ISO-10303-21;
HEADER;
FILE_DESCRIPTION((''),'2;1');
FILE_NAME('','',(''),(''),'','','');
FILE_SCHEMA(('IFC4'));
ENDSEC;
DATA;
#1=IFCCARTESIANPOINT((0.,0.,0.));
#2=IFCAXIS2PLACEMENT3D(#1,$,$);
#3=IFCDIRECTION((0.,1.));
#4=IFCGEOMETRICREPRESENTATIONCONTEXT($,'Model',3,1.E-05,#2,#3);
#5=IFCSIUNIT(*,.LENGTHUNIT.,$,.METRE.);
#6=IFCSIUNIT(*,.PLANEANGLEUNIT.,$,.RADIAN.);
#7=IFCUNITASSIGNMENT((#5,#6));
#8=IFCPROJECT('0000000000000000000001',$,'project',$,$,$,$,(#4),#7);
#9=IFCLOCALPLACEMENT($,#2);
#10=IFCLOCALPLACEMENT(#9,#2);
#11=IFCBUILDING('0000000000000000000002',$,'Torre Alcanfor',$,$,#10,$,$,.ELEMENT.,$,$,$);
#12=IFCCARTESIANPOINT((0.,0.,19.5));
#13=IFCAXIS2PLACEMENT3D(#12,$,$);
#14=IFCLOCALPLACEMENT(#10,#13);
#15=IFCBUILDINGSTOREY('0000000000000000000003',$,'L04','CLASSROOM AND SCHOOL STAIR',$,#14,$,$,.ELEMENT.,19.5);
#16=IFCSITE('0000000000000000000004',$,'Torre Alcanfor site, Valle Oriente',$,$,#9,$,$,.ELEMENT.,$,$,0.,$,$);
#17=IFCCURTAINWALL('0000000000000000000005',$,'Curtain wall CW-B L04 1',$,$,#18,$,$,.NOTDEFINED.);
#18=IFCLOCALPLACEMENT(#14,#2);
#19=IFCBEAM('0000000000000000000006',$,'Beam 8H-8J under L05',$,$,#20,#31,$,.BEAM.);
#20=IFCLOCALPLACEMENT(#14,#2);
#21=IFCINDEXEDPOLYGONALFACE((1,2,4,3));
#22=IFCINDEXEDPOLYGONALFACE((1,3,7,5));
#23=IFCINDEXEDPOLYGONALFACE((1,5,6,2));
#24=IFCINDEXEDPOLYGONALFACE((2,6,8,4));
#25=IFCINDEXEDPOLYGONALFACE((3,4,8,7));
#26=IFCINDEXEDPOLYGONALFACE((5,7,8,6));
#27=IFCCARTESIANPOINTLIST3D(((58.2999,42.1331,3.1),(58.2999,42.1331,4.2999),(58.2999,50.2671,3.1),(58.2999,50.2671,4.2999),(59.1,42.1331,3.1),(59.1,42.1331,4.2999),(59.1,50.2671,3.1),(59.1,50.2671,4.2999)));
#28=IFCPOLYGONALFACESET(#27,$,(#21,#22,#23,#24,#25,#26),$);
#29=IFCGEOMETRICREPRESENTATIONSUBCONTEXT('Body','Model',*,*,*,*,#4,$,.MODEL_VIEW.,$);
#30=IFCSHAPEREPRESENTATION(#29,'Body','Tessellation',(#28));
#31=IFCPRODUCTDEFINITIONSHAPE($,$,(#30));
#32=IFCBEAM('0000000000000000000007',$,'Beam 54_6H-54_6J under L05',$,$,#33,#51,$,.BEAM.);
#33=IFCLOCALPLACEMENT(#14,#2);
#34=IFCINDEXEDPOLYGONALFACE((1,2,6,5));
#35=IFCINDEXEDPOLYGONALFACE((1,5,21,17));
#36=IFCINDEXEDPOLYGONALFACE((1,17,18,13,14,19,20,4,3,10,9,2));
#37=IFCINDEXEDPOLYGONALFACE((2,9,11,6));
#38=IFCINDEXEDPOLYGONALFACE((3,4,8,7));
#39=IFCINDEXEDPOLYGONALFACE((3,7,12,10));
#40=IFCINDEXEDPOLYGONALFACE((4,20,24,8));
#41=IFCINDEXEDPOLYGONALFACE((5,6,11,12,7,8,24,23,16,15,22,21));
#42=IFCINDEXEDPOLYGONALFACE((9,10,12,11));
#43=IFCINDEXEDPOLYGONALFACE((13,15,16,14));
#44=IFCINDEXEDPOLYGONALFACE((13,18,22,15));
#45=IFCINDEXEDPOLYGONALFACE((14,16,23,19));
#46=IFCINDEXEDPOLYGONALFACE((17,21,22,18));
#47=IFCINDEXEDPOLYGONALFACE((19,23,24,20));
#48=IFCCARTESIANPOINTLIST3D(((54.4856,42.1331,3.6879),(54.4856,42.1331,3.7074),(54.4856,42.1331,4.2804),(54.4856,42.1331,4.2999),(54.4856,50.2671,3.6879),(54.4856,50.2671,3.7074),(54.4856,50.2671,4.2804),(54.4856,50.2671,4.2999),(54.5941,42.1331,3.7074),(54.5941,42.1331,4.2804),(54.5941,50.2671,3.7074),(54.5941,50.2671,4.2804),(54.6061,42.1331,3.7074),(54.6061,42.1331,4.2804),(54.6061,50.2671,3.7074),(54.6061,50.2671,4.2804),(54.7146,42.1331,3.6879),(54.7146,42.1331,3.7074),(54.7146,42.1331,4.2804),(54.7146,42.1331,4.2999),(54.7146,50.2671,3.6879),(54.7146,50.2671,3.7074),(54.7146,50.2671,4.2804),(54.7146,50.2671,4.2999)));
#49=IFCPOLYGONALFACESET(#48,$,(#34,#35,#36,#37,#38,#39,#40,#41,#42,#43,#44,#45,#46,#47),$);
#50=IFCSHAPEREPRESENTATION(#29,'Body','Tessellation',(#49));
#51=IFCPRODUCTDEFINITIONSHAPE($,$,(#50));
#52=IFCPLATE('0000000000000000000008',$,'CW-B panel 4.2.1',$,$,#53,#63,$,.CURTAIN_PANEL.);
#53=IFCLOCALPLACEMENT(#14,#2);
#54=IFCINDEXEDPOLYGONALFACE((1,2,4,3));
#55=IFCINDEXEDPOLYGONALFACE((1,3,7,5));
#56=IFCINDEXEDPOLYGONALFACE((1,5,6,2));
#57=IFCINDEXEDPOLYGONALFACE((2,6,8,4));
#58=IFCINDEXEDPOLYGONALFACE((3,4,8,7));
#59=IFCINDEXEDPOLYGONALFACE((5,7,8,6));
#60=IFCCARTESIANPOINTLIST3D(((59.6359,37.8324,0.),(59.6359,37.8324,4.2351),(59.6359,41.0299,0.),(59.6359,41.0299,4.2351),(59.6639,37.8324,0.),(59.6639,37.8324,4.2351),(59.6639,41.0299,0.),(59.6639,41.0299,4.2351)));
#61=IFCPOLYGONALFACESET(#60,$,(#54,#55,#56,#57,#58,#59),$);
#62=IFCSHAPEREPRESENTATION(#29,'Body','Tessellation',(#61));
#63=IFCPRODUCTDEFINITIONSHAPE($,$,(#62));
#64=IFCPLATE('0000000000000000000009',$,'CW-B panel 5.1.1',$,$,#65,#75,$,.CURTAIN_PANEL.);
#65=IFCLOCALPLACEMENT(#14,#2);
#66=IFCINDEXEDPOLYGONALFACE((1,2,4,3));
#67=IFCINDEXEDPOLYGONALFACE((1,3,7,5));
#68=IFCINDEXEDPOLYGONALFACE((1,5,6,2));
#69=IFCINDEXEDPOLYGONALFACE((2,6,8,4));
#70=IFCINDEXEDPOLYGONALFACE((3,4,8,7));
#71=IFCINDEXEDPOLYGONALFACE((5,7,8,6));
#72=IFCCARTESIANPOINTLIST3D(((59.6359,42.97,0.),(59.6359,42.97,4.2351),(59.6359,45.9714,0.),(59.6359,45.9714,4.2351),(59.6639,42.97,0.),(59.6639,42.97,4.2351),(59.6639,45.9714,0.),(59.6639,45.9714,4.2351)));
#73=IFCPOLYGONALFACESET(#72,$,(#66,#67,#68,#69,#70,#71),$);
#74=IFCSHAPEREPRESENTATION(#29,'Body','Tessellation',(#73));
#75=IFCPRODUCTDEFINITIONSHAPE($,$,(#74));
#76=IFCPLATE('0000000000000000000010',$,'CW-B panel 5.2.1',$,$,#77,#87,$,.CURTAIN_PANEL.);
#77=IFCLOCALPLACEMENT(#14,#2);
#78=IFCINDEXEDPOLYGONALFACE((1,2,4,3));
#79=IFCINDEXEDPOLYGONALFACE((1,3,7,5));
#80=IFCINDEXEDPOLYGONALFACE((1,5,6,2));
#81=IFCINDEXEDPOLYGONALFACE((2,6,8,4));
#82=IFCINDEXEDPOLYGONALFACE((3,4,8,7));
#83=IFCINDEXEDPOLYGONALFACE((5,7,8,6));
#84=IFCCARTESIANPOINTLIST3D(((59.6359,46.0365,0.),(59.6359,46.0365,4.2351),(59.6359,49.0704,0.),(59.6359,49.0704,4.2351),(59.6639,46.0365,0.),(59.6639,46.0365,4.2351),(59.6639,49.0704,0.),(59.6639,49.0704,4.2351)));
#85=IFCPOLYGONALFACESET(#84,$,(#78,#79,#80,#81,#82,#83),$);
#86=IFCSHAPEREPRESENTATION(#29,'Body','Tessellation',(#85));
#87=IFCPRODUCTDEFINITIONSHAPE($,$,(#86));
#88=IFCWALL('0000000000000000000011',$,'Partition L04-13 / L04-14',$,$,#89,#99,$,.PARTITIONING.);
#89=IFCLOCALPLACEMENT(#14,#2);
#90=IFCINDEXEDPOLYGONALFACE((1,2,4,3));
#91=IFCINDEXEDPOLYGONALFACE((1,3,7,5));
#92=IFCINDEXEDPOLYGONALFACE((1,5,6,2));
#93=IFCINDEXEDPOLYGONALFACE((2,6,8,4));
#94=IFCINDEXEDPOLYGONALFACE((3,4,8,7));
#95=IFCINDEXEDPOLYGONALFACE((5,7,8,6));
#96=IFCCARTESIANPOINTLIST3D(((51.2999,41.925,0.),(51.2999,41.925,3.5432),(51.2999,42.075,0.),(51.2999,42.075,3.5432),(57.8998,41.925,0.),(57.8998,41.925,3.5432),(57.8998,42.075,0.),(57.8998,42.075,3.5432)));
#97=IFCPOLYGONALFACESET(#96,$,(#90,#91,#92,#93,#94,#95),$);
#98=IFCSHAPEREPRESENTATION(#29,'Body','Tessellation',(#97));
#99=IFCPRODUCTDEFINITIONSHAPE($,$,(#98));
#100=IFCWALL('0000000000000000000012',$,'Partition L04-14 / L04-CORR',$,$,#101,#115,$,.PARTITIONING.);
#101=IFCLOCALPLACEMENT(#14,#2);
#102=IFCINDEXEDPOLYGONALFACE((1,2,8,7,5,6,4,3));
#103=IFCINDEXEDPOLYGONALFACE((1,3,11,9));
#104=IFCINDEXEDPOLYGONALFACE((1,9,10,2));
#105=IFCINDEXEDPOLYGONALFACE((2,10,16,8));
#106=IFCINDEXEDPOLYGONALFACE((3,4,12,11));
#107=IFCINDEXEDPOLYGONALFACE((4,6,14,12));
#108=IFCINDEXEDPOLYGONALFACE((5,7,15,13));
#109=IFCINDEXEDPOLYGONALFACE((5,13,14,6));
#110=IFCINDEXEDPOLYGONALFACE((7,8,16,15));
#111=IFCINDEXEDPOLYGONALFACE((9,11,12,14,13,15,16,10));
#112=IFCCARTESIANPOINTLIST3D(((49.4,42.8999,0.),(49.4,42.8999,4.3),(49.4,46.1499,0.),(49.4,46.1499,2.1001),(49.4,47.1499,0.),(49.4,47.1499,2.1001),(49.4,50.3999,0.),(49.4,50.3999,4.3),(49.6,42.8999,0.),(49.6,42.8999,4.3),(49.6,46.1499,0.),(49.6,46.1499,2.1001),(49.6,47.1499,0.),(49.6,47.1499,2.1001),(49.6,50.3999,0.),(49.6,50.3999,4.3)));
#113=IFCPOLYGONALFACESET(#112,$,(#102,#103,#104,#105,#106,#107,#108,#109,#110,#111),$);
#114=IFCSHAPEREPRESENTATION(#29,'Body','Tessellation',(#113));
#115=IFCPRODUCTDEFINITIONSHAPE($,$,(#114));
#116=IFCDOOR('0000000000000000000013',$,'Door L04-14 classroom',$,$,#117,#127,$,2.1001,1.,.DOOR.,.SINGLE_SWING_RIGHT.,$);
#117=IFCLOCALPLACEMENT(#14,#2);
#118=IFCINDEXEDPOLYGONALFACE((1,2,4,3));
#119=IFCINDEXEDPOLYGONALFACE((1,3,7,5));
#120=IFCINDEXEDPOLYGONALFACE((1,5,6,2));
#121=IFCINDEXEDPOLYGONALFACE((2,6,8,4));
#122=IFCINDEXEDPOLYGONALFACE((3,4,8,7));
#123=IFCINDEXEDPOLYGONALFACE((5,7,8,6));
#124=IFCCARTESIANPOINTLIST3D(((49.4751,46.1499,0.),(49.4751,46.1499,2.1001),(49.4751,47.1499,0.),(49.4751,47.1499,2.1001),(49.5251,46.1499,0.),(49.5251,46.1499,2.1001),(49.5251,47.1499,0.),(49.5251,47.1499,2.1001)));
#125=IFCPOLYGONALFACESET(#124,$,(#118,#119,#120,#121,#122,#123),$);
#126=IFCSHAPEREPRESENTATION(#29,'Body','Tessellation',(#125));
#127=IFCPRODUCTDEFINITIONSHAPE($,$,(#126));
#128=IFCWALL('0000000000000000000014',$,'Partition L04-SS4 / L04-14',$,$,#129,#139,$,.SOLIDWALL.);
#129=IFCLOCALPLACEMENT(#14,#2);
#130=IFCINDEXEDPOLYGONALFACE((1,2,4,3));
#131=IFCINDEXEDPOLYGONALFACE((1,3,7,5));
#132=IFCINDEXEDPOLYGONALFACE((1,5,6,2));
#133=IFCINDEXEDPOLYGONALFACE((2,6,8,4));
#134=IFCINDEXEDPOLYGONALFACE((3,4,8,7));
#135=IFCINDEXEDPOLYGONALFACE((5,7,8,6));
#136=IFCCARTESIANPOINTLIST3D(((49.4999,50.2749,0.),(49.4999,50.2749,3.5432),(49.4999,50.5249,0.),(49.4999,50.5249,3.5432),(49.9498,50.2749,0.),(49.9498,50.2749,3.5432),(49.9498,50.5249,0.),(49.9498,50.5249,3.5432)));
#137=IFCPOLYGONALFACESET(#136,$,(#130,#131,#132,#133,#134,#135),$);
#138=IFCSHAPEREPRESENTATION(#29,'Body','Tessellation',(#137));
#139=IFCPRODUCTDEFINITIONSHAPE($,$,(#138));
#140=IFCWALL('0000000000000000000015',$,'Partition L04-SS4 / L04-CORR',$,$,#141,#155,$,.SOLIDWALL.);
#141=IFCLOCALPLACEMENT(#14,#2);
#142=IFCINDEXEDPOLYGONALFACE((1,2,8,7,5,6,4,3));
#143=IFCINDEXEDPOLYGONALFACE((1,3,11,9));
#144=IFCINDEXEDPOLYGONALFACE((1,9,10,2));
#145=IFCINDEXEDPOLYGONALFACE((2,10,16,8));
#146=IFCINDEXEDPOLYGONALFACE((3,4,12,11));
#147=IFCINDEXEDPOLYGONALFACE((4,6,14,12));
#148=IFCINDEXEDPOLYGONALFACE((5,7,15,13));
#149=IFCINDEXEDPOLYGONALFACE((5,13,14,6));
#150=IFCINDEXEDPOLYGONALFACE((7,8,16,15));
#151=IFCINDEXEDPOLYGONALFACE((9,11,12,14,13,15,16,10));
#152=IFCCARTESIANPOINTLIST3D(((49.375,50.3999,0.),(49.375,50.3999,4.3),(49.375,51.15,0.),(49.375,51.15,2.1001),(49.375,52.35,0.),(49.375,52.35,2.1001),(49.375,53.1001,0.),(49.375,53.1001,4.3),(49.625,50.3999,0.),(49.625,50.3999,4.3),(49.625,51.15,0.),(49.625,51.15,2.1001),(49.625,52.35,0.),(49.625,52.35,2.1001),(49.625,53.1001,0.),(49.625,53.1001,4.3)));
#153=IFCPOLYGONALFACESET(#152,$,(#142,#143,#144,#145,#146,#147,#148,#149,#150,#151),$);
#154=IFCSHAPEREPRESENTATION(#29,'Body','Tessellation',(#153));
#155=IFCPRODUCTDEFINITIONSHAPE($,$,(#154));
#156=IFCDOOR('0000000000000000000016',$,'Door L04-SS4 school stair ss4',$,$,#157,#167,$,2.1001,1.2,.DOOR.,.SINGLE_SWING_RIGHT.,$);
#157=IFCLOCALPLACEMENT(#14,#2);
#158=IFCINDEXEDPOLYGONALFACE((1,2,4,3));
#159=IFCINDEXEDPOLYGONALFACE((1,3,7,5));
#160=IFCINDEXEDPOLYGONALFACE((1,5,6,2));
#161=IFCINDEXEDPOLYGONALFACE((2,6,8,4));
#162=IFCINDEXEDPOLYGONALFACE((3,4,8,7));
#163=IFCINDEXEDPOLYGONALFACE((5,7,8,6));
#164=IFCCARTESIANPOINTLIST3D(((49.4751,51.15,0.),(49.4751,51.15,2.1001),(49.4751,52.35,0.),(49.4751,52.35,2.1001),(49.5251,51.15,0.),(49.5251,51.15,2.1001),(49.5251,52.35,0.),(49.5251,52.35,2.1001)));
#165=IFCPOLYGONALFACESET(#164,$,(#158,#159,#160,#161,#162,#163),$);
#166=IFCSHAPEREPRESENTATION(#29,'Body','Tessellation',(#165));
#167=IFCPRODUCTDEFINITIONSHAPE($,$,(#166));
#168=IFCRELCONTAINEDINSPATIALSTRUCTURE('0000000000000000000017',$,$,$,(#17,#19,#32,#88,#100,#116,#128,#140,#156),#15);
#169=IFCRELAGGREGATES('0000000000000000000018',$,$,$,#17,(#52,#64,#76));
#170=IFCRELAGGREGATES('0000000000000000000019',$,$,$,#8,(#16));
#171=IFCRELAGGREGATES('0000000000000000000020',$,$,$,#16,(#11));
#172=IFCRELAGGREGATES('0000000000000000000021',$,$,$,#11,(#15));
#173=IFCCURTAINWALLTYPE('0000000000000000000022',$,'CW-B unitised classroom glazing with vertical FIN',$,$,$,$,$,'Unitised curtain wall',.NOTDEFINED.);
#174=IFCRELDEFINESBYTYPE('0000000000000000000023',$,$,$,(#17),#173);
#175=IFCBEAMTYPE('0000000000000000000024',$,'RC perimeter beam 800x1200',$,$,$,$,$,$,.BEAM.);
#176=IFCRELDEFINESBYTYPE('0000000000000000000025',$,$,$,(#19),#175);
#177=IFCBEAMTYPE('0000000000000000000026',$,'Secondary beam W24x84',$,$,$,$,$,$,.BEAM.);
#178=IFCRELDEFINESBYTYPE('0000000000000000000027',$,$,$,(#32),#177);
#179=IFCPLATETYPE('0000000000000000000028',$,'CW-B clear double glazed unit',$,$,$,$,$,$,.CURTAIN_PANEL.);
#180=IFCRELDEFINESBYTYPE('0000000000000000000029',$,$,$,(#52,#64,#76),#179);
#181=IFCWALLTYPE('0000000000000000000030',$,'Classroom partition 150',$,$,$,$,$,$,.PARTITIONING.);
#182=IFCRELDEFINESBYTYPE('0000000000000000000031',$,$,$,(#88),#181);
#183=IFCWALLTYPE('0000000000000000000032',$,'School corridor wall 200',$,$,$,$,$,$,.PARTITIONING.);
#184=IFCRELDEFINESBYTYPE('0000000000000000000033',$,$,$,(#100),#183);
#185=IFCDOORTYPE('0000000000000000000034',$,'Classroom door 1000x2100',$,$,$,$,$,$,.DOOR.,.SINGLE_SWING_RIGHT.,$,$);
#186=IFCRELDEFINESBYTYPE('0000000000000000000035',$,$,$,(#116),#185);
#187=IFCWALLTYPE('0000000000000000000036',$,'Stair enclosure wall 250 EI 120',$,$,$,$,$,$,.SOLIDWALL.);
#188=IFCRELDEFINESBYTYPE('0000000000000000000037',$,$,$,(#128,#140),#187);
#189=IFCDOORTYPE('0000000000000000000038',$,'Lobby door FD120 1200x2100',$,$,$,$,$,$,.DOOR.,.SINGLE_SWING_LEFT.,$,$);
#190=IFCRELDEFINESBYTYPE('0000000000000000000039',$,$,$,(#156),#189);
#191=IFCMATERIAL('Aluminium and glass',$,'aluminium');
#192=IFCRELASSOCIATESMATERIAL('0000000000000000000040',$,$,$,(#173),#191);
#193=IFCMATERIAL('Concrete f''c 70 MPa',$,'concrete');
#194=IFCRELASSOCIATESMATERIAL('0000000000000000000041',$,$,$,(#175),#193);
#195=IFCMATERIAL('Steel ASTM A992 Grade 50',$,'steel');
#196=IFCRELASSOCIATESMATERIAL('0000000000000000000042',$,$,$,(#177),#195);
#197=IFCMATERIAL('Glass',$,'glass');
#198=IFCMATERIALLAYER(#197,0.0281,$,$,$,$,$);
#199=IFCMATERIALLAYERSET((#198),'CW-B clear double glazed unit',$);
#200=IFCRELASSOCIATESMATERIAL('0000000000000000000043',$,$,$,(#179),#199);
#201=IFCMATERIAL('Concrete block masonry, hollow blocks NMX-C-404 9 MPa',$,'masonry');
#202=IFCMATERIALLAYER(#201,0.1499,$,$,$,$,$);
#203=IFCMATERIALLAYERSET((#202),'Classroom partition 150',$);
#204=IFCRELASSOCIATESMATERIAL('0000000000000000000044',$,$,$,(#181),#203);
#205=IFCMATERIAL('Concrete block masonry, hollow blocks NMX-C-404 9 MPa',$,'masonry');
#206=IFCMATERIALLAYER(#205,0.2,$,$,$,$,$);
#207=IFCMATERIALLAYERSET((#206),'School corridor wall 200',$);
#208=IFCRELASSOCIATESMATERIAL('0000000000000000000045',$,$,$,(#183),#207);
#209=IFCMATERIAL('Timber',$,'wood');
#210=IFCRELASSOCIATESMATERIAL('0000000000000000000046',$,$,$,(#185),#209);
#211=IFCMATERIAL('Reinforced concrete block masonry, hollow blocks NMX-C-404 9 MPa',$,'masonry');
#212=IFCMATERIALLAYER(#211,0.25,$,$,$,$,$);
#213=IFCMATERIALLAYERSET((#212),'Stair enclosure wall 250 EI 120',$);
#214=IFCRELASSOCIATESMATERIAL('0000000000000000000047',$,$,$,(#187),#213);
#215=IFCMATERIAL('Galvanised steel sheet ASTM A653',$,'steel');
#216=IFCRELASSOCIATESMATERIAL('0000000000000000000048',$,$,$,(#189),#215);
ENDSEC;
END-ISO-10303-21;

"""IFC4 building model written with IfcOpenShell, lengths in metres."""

from ifc_helpers import new_model, si_unit, direction, frame, frame_2d, origin, origin_2d, place, context, subcontext, project, spatial, rectangle, i_section, extrude, material, layer, layer_set, material_profile, profile_set, type_object, element, fill, aggregate, save


model = new_model("IFC4")

# Units and contexts
model_context = context("Model", 3, precision=1e-05, world=origin(), true_north=direction((0.0, 1.0)))
body_context = subcontext(model_context, "Body", "Model", "MODEL_VIEW")
ifc_project = project(units=[si_unit("LENGTHUNIT", "METRE"), si_unit("PLANEANGLEUNIT", "RADIAN")], contexts=[model_context])

# Site, building, storey
site_placement = place(None, origin())
site = spatial("IfcSite", under=ifc_project, at=site_placement, Name="Torre Alcanfor site, Valle Oriente", CompositionType="ELEMENT", RefElevation=0.0)
building_placement = place(site_placement, origin())
building = spatial("IfcBuilding", under=site, at=building_placement, Name="Torre Alcanfor", CompositionType="ELEMENT")
storey_placement = place(building_placement, frame((0.0, 0.0, 19.5)))
storey = spatial("IfcBuildingStorey", under=building, at=storey_placement, Name="L04", Description="CLASSROOM AND SCHOOL STAIR", CompositionType="ELEMENT", Elevation=19.5)

# Curtain wall
ifc_material_1 = material(Name="Aluminium and glass", Category="aluminium")
curtain_wall_type = type_object("IfcCurtainWallType", Name="CW-B unitised classroom glazing with vertical FIN", ElementType="Unitised curtain wall", PredefinedType="NOTDEFINED", material=ifc_material_1)
curtain_wall_placement = place(storey_placement, origin())
curtain_wall = element("IfcCurtainWall", 1, at=curtain_wall_placement, inside=storey, type_object=curtain_wall_type, Name="Curtain wall CW-B L04 1", PredefinedType="NOTDEFINED")

# Beams
ifc_material_2 = material(Name="Concrete f'c 70 MPa", Category="concrete")
ifc_material_profile_1 = material_profile(ifc_material_2, rectangle(XDim=0.8, YDim=1.2, at=origin_2d()), Name="800x1200")
ifc_profile_set_1 = profile_set([ifc_material_profile_1], Name="Concrete f'c 70 MPa")
beam_type_1 = type_object("IfcBeamType", Name="RC perimeter beam 800x1200", PredefinedType="BEAM", material=ifc_profile_set_1)
beam_1_placement = place(storey_placement, frame((58.7, 42.1331, 3.7), z_axis=(0.0, 1.0, 0.0), x_axis=(-1.0, 0.0, 0.0)))
element("IfcBeam", 2, at=beam_1_placement, inside=storey, type_object=beam_type_1, Name="Beam 8H-8J under L05", PredefinedType="BEAM", context=body_context, shape_type="SweptSolid", body=[
    extrude(rectangle(XDim=0.8, YDim=1.2, at=origin_2d()), origin(), (0.0, 0.0, 1.0), 8.134),
])
ifc_material_3 = material(Name="Steel ASTM A992 Grade 50", Category="steel")
ifc_material_profile_2 = material_profile(ifc_material_3, i_section(OverallWidth=0.229, OverallDepth=0.6121, WebThickness=0.012, FlangeThickness=0.0195, at=origin_2d()), Name="W24x84")
ifc_profile_set_2 = profile_set([ifc_material_profile_2], Name="Steel ASTM A992 Grade 50")
beam_type_2 = type_object("IfcBeamType", Name="Secondary beam W24x84", PredefinedType="BEAM", material=ifc_profile_set_2)
beam_2_placement = place(storey_placement, frame((54.6001, 42.1331, 3.9939), z_axis=(0.0, 1.0, 0.0), x_axis=(-1.0, 0.0, 0.0)))
element("IfcBeam", 3, at=beam_2_placement, inside=storey, type_object=beam_type_2, Name="Beam 54_6H-54_6J under L05", PredefinedType="BEAM", context=body_context, shape_type="SweptSolid", body=[
    extrude(i_section(OverallWidth=0.229, OverallDepth=0.6121, WebThickness=0.012, FlangeThickness=0.0195, at=origin_2d()), origin(), (0.0, 0.0, 1.0), 8.134),
])

# Plates
ifc_material_4 = material(Name="Glass", Category="glass")
ifc_layer_1 = layer(ifc_material_4, 0.0281)
ifc_layer_set_1 = layer_set([ifc_layer_1], Name="CW-B clear double glazed unit")
plate_type = type_object("IfcPlateType", Name="CW-B clear double glazed unit", PredefinedType="CURTAIN_PANEL", material=ifc_layer_set_1)
plate_1_placement = place(storey_placement, frame((59.6499, 39.4312, 0.0), z_axis=(0.0, 0.0, 1.0), x_axis=(0.0, 1.0, 0.0)))
plate_1 = element("IfcPlate", 4, at=plate_1_placement, type_object=plate_type, Name="CW-B panel 4.2.1", PredefinedType="CURTAIN_PANEL", context=body_context, shape_type="SweptSolid", body=[
    extrude(rectangle(XDim=3.1975, YDim=0.0281, at=origin_2d()), origin(), (0.0, 0.0, 1.0), 4.2351),
])
plate_2_placement = place(storey_placement, frame((59.6499, 44.4707, 0.0), z_axis=(0.0, 0.0, 1.0), x_axis=(0.0, 1.0, 0.0)))
plate_2 = element("IfcPlate", 5, at=plate_2_placement, type_object=plate_type, Name="CW-B panel 5.1.1", PredefinedType="CURTAIN_PANEL", context=body_context, shape_type="SweptSolid", body=[
    extrude(rectangle(XDim=3.0015, YDim=0.0281, at=origin_2d()), origin(), (0.0, 0.0, 1.0), 4.2351),
])
plate_3_placement = place(storey_placement, frame((59.6499, 47.5535, 0.0), z_axis=(0.0, 0.0, 1.0), x_axis=(0.0, 1.0, 0.0)))
plate_3 = element("IfcPlate", 6, at=plate_3_placement, type_object=plate_type, Name="CW-B panel 5.2.1", PredefinedType="CURTAIN_PANEL", context=body_context, shape_type="SweptSolid", body=[
    extrude(rectangle(XDim=3.0339, YDim=0.0281, at=origin_2d()), origin(), (0.0, 0.0, 1.0), 4.2351),
])
aggregate(curtain_wall, [plate_1, plate_2, plate_3])

# Wall
ifc_material_5 = material(Name="Concrete block masonry, hollow blocks NMX-C-404 9 MPa", Category="masonry")
ifc_layer_2 = layer(ifc_material_5, 0.1499)
ifc_layer_set_2 = layer_set([ifc_layer_2], Name="Classroom partition 150")
wall_type_1 = type_object("IfcWallType", Name="Classroom partition 150", PredefinedType="PARTITIONING", material=ifc_layer_set_2)
wall_1_placement = place(storey_placement, frame((51.3, 42.0, 0.0), z_axis=(0.0, 0.0, 1.0), x_axis=(1.0, 0.0, 0.0)))
element("IfcWall", 7, at=wall_1_placement, inside=storey, type_object=wall_type_1, Name="Partition L04-13 / L04-14", PredefinedType="PARTITIONING", context=body_context, shape_type="SweptSolid", body=[
    extrude(rectangle(XDim=6.5999, YDim=0.1499, at=frame_2d((3.2998, 0.0))), origin(), (0.0, 0.0, 1.0), 3.5432),
])

# Wall, opening, door
ifc_material_6 = material(Name="Concrete block masonry, hollow blocks NMX-C-404 9 MPa", Category="masonry")
ifc_layer_3 = layer(ifc_material_6, 0.2)
ifc_layer_set_3 = layer_set([ifc_layer_3], Name="School corridor wall 200")
wall_type_2 = type_object("IfcWallType", Name="School corridor wall 200", PredefinedType="PARTITIONING", material=ifc_layer_set_3)
wall_2_placement = place(storey_placement, frame((49.5, 42.8999, 0.0), z_axis=(0.0, 0.0, 1.0), x_axis=(0.0, 1.0, 0.0)))
wall_2 = element("IfcWall", 8, at=wall_2_placement, inside=storey, type_object=wall_type_2, Name="Partition L04-14 / L04-CORR", PredefinedType="PARTITIONING", context=body_context, shape_type="SweptSolid", body=[
    extrude(rectangle(XDim=7.5, YDim=0.2, at=frame_2d((3.75, 0.0))), origin(), (0.0, 0.0, 1.0), 4.3),
])
opening_1_placement = place(wall_2_placement, frame((3.25, 0.0, 0.0)))
opening_1 = element("IfcOpeningElement", 9, at=opening_1_placement, cuts=wall_2, PredefinedType="OPENING", context=body_context, shape_type="SweptSolid", body=[
    extrude(rectangle(XDim=1.0, YDim=2.1001, at=frame_2d((0.5, 1.05))), frame((0.0, 0.1099, 0.0), z_axis=(0.0, -1.0, 0.0), x_axis=(1.0, 0.0, 0.0)), (0.0, 0.0, 1.0), 0.22),
])
ifc_material_7 = material(Name="Timber", Category="wood")
door_type_1 = type_object("IfcDoorType", Name="Classroom door 1000x2100", OperationType="SINGLE_SWING_RIGHT", PredefinedType="DOOR", material=ifc_material_7)
door_1_placement = place(opening_1_placement, frame((1.0, 0.0, 0.0), z_axis=(0.0, 0.0, 1.0), x_axis=(-1.0, 0.0, 0.0)))
door_1 = element("IfcDoor", 10, at=door_1_placement, inside=storey, type_object=door_type_1, Name="Door L04-14 classroom", OperationType="SINGLE_SWING_RIGHT", OverallHeight=2.1001, OverallWidth=1.0, PredefinedType="DOOR", context=body_context, shape_type="SweptSolid", body=[
    extrude(rectangle(XDim=1.0, YDim=2.1001, at=frame_2d((0.5, 1.05))), frame((0.0, 0.0251, 0.0), z_axis=(0.0, -1.0, 0.0), x_axis=(1.0, 0.0, 0.0)), (0.0, 0.0, 1.0), 0.05),
])
fill(opening_1, door_1)

# Wall
ifc_material_8 = material(Name="Reinforced concrete block masonry, hollow blocks NMX-C-404 9 MPa", Category="masonry")
ifc_layer_4 = layer(ifc_material_8, 0.25)
ifc_layer_set_4 = layer_set([ifc_layer_4], Name="Stair enclosure wall 250 EI 120")
wall_type_3 = type_object("IfcWallType", Name="Stair enclosure wall 250 EI 120", PredefinedType="SOLIDWALL", material=ifc_layer_set_4)
wall_3_placement = place(storey_placement, frame((49.95, 50.3999, 0.0), z_axis=(0.0, 0.0, 1.0), x_axis=(-1.0, 0.0, 0.0)))
element("IfcWall", 11, at=wall_3_placement, inside=storey, type_object=wall_type_3, Name="Partition L04-SS4 / L04-14", PredefinedType="SOLIDWALL", context=body_context, shape_type="SweptSolid", body=[
    extrude(rectangle(XDim=0.45, YDim=0.25, at=frame_2d((0.2251, 0.0))), origin(), (0.0, 0.0, 1.0), 3.5432),
])

# Wall, opening, door
wall_4_placement = place(storey_placement, frame((49.5, 50.3999, 0.0), z_axis=(0.0, 0.0, 1.0), x_axis=(0.0, 1.0, 0.0)))
wall_4 = element("IfcWall", 12, at=wall_4_placement, inside=storey, type_object=wall_type_3, Name="Partition L04-SS4 / L04-CORR", PredefinedType="SOLIDWALL", context=body_context, shape_type="SweptSolid", body=[
    extrude(rectangle(XDim=2.7002, YDim=0.25, at=frame_2d((1.3501, 0.0))), origin(), (0.0, 0.0, 1.0), 4.3),
])
opening_2_placement = place(wall_4_placement, frame((0.75, 0.0, 0.0)))
opening_2 = element("IfcOpeningElement", 13, at=opening_2_placement, cuts=wall_4, PredefinedType="OPENING", context=body_context, shape_type="SweptSolid", body=[
    extrude(rectangle(XDim=1.2, YDim=2.1001, at=frame_2d((0.6001, 1.05))), frame((0.0, 0.135, 0.0), z_axis=(0.0, -1.0, 0.0), x_axis=(1.0, 0.0, 0.0)), (0.0, 0.0, 1.0), 0.27),
])
ifc_material_9 = material(Name="Galvanised steel sheet ASTM A653", Category="steel")
door_type_2 = type_object("IfcDoorType", Name="Lobby door FD120 1200x2100", OperationType="SINGLE_SWING_LEFT", PredefinedType="DOOR", material=ifc_material_9)
door_2_placement = place(opening_2_placement, frame((1.2, 0.0, 0.0), z_axis=(0.0, 0.0, 1.0), x_axis=(-1.0, 0.0, 0.0)))
door_2 = element("IfcDoor", 14, at=door_2_placement, inside=storey, type_object=door_type_2, Name="Door L04-SS4 school stair ss4", OperationType="SINGLE_SWING_RIGHT", OverallHeight=2.1001, OverallWidth=1.2, PredefinedType="DOOR", context=body_context, shape_type="SweptSolid", body=[
    extrude(rectangle(XDim=1.2, YDim=2.1001, at=frame_2d((0.5999, 1.05))), frame((0.0, 0.0251, 0.0), z_axis=(0.0, -1.0, 0.0), x_axis=(1.0, 0.0, 0.0)), (0.0, 0.0, 1.0), 0.05),
])
fill(opening_2, door_2)

save(model, "model.ifc")
